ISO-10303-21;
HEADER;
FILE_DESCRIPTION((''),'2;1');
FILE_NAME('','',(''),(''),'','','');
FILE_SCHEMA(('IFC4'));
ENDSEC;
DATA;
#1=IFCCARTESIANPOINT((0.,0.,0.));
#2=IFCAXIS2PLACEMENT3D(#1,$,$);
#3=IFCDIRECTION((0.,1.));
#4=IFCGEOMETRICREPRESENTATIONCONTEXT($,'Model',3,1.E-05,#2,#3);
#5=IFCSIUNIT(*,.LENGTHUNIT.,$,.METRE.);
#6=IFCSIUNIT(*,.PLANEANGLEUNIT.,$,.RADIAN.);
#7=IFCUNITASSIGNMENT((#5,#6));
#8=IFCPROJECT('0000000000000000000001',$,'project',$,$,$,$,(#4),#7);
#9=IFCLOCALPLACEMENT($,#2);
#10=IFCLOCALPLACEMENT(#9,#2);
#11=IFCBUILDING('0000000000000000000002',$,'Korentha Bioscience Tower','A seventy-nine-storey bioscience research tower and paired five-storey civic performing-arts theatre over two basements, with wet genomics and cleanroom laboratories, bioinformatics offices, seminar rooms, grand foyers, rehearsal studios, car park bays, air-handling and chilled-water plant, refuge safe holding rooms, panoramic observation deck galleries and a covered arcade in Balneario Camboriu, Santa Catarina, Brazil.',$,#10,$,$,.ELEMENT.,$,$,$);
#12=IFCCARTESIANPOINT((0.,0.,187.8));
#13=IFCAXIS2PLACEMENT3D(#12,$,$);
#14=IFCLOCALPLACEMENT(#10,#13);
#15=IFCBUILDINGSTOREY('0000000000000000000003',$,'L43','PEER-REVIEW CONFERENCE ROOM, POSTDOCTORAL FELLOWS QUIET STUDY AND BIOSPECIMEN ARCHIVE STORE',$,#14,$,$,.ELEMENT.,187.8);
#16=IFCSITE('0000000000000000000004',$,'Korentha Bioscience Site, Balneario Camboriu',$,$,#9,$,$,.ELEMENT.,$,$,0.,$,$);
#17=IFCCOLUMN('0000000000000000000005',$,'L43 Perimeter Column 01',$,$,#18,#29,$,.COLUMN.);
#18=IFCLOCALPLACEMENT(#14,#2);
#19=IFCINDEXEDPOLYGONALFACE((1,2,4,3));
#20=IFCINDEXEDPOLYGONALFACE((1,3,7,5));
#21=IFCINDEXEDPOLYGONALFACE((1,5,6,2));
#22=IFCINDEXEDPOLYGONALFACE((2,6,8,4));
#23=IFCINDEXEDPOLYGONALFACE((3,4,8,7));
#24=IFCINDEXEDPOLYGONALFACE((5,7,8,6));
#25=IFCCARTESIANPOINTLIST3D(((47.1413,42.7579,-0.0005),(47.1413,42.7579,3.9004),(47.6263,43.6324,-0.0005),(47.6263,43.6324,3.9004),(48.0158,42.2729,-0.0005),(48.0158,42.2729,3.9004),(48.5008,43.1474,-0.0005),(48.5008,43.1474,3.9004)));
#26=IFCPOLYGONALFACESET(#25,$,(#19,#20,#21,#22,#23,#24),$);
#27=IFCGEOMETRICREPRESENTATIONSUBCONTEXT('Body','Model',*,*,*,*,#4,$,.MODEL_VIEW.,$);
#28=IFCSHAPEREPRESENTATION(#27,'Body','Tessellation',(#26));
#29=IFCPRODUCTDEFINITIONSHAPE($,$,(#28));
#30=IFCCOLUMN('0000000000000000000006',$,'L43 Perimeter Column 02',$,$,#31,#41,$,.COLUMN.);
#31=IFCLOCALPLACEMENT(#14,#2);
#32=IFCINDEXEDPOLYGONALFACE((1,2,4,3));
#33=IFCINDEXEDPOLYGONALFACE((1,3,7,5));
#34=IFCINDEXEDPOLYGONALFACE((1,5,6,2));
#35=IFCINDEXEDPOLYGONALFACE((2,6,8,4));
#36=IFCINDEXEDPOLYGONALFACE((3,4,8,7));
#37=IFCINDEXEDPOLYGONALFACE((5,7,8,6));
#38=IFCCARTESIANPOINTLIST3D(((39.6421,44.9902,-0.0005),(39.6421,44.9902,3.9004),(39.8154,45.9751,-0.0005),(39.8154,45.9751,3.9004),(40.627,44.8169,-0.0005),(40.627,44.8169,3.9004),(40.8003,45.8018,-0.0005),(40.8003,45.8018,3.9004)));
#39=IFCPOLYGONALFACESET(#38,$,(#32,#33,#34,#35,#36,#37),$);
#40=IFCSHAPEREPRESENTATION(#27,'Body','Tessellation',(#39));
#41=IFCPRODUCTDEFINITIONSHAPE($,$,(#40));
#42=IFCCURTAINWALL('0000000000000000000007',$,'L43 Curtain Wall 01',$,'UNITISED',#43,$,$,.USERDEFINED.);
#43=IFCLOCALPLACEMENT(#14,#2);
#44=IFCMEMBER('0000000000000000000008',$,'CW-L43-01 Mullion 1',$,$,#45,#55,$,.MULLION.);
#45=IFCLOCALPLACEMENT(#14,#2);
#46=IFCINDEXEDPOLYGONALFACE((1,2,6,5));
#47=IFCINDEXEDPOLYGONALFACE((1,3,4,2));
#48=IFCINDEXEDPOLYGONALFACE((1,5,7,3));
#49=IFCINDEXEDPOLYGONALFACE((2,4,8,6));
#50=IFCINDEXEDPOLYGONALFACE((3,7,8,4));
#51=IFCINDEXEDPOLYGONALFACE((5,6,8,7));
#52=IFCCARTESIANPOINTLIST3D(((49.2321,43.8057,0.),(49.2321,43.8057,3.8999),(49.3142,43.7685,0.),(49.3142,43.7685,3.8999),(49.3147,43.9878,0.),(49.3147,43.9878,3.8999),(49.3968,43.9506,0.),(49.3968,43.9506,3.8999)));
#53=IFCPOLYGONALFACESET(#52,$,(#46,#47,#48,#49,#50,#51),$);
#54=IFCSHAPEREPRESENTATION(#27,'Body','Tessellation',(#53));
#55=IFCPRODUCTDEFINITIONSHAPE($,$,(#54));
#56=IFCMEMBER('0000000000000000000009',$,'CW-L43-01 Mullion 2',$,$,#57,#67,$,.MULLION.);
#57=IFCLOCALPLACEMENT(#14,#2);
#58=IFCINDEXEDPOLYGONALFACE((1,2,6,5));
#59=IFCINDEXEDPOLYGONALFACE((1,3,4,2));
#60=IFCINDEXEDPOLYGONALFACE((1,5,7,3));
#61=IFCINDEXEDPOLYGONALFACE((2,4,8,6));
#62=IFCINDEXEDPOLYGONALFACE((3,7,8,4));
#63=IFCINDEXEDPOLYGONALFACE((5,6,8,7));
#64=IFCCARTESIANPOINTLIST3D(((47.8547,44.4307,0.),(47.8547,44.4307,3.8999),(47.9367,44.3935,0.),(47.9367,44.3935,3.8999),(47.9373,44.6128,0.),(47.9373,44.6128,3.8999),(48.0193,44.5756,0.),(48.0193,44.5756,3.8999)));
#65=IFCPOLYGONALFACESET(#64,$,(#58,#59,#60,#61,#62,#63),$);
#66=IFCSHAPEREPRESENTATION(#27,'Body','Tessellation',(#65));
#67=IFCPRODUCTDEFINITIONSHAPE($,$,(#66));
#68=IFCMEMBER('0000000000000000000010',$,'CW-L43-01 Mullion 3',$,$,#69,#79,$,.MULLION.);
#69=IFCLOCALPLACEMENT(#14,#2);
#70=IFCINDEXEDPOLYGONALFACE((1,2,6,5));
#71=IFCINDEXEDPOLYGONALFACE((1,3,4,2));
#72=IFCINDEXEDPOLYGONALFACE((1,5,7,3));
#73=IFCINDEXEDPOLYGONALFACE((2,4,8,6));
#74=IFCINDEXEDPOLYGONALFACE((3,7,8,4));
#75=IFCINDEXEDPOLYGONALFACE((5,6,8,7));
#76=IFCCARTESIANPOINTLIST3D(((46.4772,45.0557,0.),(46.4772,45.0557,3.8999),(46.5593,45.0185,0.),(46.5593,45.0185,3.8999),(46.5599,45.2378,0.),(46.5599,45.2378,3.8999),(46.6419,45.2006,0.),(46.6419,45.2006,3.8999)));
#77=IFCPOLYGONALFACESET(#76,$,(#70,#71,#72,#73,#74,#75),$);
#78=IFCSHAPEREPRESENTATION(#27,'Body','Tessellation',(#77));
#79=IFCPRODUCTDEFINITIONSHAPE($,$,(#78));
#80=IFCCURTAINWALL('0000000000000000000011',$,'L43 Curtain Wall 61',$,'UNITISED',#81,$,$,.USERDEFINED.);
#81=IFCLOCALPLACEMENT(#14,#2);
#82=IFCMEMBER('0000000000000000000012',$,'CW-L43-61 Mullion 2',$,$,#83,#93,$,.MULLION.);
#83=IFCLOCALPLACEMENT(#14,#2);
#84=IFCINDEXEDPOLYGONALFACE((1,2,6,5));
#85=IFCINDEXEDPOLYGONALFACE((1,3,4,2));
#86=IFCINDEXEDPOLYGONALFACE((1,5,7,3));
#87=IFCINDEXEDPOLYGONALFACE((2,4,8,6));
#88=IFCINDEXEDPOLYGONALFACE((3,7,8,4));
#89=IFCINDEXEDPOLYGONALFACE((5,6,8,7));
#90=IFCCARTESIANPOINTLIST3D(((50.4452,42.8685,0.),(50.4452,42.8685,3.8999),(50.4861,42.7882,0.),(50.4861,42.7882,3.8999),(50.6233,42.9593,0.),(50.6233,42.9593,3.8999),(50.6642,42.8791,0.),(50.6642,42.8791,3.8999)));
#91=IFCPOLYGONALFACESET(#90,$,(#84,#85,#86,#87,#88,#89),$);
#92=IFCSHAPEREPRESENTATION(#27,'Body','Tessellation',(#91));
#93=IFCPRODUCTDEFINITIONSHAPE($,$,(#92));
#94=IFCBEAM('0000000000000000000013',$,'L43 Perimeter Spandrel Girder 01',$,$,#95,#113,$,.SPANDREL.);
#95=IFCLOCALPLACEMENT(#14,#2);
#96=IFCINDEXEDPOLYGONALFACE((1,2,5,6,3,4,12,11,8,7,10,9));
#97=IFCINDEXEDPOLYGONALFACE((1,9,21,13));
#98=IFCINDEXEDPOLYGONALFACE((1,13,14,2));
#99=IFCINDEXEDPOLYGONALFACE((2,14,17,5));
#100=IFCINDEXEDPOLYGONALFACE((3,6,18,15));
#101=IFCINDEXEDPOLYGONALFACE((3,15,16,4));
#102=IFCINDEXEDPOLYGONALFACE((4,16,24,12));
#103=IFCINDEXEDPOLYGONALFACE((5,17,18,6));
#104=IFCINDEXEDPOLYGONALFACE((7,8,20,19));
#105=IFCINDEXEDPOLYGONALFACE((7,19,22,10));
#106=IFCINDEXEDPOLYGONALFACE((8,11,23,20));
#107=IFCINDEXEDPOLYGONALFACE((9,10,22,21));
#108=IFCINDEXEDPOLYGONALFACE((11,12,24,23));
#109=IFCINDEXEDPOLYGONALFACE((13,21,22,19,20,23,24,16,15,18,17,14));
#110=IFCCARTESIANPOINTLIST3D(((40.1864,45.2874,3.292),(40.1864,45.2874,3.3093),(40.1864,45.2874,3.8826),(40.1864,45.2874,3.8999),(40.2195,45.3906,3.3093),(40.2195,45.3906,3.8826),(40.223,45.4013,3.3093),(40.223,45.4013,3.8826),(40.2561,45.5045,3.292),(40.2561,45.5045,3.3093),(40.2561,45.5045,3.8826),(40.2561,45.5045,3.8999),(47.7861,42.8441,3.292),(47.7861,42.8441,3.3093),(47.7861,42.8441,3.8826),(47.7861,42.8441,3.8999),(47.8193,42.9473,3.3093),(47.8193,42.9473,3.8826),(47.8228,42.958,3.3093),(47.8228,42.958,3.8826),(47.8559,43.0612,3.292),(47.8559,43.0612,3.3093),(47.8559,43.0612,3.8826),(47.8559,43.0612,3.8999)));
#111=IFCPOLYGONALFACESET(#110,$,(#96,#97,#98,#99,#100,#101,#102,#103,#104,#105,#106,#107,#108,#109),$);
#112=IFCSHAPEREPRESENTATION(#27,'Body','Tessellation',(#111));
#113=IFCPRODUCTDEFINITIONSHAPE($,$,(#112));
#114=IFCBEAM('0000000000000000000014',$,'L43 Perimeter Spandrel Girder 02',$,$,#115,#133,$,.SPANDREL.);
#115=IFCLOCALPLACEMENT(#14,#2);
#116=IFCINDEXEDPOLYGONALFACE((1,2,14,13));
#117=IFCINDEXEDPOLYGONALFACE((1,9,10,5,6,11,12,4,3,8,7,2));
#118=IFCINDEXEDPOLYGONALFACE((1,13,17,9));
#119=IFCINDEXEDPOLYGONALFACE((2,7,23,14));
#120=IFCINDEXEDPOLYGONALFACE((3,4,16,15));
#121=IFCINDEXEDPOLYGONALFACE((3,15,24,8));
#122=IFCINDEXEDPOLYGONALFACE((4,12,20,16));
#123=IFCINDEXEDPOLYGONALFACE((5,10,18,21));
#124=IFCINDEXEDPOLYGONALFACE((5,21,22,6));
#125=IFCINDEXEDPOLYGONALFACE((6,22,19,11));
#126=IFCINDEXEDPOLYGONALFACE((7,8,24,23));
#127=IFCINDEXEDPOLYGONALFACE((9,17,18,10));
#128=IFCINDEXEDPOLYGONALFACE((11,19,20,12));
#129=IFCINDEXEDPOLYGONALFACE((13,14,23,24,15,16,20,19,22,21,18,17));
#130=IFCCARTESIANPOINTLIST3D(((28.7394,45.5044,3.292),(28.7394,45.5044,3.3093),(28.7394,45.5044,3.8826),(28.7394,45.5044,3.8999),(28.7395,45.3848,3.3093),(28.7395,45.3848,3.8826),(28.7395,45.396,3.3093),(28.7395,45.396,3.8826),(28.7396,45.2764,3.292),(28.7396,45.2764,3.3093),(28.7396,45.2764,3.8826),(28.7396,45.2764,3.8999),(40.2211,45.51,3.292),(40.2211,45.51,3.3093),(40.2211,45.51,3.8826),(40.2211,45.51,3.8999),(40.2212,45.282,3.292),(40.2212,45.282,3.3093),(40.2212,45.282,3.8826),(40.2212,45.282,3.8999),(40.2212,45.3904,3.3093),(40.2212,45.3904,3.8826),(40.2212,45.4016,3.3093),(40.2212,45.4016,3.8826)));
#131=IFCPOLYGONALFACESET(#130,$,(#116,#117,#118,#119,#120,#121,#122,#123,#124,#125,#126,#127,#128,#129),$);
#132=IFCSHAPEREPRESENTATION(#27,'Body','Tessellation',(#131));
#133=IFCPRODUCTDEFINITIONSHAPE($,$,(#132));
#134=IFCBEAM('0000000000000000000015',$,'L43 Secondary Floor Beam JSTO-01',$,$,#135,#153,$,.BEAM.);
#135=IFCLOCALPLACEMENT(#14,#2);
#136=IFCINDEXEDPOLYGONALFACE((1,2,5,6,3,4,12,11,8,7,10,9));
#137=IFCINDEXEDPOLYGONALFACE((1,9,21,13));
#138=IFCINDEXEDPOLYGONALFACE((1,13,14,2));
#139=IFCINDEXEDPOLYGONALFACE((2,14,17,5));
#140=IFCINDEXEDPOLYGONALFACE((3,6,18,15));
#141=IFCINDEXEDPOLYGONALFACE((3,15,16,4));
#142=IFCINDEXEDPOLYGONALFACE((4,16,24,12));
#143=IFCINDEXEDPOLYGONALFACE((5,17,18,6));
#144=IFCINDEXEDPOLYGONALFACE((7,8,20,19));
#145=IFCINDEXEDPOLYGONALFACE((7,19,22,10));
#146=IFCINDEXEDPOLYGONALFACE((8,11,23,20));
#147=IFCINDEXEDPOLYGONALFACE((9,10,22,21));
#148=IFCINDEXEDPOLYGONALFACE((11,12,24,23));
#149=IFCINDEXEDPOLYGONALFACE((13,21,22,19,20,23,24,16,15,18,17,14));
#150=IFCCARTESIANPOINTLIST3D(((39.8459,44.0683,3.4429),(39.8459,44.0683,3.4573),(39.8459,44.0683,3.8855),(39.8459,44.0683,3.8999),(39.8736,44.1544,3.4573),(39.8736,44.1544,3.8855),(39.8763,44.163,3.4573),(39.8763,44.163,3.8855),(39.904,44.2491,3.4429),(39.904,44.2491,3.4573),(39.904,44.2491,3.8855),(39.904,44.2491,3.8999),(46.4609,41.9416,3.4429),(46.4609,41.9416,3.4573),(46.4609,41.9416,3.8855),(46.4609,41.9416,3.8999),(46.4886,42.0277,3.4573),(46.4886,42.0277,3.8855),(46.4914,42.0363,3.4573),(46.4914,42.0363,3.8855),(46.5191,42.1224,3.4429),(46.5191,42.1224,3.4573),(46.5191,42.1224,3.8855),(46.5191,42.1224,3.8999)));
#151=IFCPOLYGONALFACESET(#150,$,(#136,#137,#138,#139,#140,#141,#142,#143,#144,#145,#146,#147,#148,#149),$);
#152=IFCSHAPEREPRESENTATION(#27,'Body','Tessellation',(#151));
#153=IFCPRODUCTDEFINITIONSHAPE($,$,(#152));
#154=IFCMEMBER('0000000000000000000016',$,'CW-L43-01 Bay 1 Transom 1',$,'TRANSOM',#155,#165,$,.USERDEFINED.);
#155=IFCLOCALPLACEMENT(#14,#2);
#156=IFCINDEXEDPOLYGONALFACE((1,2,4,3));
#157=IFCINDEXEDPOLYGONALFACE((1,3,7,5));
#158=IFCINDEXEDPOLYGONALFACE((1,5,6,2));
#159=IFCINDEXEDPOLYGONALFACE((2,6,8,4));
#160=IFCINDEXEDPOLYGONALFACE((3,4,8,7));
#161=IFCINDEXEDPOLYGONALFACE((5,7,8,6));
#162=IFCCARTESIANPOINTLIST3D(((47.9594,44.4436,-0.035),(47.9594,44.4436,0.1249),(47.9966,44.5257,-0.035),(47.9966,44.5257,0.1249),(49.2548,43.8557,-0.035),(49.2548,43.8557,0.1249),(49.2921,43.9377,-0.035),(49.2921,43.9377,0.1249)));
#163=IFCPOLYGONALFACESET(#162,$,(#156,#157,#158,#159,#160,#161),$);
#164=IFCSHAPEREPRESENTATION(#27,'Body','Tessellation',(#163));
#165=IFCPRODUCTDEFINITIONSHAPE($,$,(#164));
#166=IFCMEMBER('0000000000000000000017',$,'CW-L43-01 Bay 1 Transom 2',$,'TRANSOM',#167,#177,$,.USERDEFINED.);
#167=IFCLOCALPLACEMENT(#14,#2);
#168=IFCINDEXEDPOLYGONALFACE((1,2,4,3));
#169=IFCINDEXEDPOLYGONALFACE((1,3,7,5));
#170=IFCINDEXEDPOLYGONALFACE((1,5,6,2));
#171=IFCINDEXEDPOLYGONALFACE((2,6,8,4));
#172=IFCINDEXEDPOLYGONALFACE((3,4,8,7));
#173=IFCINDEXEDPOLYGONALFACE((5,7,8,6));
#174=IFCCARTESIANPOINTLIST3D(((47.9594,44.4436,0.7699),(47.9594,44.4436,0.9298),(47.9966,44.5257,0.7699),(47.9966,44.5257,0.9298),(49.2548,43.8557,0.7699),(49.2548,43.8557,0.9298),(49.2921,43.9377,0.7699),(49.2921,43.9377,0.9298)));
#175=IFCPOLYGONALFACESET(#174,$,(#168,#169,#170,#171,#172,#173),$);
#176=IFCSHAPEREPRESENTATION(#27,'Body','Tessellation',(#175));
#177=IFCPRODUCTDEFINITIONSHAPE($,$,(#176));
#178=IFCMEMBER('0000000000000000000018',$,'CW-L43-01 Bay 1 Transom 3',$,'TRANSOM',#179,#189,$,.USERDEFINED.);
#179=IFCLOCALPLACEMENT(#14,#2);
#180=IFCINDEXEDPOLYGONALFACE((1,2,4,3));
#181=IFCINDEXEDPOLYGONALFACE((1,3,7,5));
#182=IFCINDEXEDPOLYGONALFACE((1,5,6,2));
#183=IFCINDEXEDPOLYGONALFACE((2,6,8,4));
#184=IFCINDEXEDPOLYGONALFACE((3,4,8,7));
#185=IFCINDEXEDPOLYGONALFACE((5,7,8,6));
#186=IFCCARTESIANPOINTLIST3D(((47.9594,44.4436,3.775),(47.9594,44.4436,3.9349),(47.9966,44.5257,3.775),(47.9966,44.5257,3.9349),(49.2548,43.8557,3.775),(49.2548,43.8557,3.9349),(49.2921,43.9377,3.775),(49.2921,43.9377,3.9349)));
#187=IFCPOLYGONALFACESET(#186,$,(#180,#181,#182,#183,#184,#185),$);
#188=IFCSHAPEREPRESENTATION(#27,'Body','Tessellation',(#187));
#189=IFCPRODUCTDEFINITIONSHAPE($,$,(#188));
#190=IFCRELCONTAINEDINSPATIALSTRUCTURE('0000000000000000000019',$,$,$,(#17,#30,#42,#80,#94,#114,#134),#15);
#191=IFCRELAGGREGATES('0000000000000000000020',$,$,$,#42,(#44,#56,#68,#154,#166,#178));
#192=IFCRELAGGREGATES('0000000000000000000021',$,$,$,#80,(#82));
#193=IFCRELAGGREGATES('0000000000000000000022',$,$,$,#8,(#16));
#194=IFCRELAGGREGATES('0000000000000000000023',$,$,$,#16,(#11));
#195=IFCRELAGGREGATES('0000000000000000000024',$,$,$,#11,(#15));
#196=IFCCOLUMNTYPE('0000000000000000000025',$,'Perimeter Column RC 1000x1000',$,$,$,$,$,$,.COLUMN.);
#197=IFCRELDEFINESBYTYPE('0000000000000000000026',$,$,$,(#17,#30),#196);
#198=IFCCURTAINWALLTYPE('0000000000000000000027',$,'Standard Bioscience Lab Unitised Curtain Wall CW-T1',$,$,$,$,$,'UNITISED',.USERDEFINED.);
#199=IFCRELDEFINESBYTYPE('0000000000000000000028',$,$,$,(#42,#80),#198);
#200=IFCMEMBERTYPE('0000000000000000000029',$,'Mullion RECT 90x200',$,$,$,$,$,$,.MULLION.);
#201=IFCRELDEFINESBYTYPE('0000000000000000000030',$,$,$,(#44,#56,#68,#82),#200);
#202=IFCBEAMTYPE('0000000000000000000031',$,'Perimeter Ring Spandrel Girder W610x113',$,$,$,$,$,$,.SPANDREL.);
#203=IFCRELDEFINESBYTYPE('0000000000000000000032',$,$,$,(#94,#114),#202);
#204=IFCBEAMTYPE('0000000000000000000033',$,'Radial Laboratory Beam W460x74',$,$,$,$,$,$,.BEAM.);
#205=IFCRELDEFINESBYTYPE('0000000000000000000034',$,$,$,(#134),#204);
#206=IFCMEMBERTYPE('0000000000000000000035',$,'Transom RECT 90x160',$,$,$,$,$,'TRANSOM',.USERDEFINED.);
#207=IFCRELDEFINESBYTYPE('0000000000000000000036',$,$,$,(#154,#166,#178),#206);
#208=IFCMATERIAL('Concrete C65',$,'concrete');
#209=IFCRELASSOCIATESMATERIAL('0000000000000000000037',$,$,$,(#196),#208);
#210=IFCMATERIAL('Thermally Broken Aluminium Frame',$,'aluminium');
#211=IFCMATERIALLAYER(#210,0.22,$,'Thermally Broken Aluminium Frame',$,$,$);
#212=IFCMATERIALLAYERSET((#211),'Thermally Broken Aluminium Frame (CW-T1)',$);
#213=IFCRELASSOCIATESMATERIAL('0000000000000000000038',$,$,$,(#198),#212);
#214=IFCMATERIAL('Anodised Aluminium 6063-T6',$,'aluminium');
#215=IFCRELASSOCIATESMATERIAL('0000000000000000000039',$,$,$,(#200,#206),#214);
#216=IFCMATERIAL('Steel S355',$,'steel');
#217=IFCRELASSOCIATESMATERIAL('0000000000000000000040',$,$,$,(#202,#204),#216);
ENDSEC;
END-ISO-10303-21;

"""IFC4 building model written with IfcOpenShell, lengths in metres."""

from ifc_helpers import new_model, si_unit, direction, frame, origin, origin_2d, place, context, subcontext, project, spatial, rectangle, i_section, extrude, material, layer, layer_set, material_profile, profile_set, type_object, element, aggregate, save


model = new_model("IFC4")

# Units and contexts
model_context = context("Model", 3, precision=1e-05, world=origin(), true_north=direction((0.0, 1.0)))
body_context = subcontext(model_context, "Body", "Model", "MODEL_VIEW")
ifc_project = project(units=[si_unit("LENGTHUNIT", "METRE"), si_unit("PLANEANGLEUNIT", "RADIAN")], contexts=[model_context])

# Site, building, storey
site_placement = place(None, origin())
site = spatial("IfcSite", under=ifc_project, at=site_placement, Name="Korentha Bioscience Site, Balneario Camboriu", CompositionType="ELEMENT", RefElevation=0.0)
building_placement = place(site_placement, origin())
building = spatial("IfcBuilding", under=site, at=building_placement, Name="Korentha Bioscience Tower", Description="A seventy-nine-storey bioscience research tower and paired five-storey civic performing-arts theatre over two basements, with wet genomics and cleanroom laboratories, bioinformatics offices, seminar rooms, grand foyers, rehearsal studios, car park bays, air-handling and chilled-water plant, refuge safe holding rooms, panoramic observation deck galleries and a covered arcade in Balneario Camboriu, Santa Catarina, Brazil.", CompositionType="ELEMENT")
storey_placement = place(building_placement, frame((0.0, 0.0, 187.8)))
storey = spatial("IfcBuildingStorey", under=building, at=storey_placement, Name="L43", Description="PEER-REVIEW CONFERENCE ROOM, POSTDOCTORAL FELLOWS QUIET STUDY AND BIOSPECIMEN ARCHIVE STORE", CompositionType="ELEMENT", Elevation=187.8)

# Columns
ifc_material_1 = material(Name="Concrete C65", Category="concrete")
ifc_material_profile_1 = material_profile(ifc_material_1, rectangle(XDim=1.0, YDim=1.0, at=origin_2d()), Name="Concrete C65")
ifc_profile_set_1 = profile_set([ifc_material_profile_1], Name="Concrete C65 (COL-P10)")
column_type = type_object("IfcColumnType", Name="Perimeter Column RC 1000x1000", PredefinedType="COLUMN", material=ifc_profile_set_1)
for number, where, z_axis, x_axis, name in (
    (1, (47.821, 42.9526, -0.0005), (0.0, 0.0, 1.0), (-0.874535, 0.484962, 0.0), "L43 Perimeter Column 01"),
    (2, (40.2212, 45.396, -0.0005), (0.0, 0.0, 1.0), (-0.984868, 0.173304, 0.0), "L43 Perimeter Column 02"),
):
    element("IfcColumn", number, at=place(storey_placement, frame(where, z_axis=z_axis, x_axis=x_axis)), inside=storey, type_object=column_type, Name=name, PredefinedType="COLUMN", context=body_context, shape_type="SweptSolid", body=[
        extrude(rectangle(XDim=1.0, YDim=1.0, at=origin_2d()), origin(), (0.0, 0.0, 1.0), 3.9009),
    ])

# Curtain wall, members
ifc_material_2 = material(Name="Thermally Broken Aluminium Frame", Category="aluminium")
ifc_layer_1 = layer(ifc_material_2, 0.22, Name="Thermally Broken Aluminium Frame")
ifc_layer_set_1 = layer_set([ifc_layer_1], Name="Thermally Broken Aluminium Frame (CW-T1)")
curtain_wall_type = type_object("IfcCurtainWallType", Name="Standard Bioscience Lab Unitised Curtain Wall CW-T1", ElementType="UNITISED", PredefinedType="USERDEFINED", material=ifc_layer_set_1)
curtain_wall_1_placement = place(storey_placement, origin())
curtain_wall_1 = element("IfcCurtainWall", 3, at=curtain_wall_1_placement, inside=storey, type_object=curtain_wall_type, Name="L43 Curtain Wall 01", ObjectType="UNITISED", PredefinedType="USERDEFINED")
ifc_material_3 = material(Name="Anodised Aluminium 6063-T6", Category="aluminium")
ifc_material_profile_2 = material_profile(ifc_material_3, rectangle(XDim=0.0901, YDim=0.2, at=origin_2d()), Name="Anodised Aluminium 6063-T6")
ifc_profile_set_2 = profile_set([ifc_material_profile_2], Name="Anodised Aluminium 6063-T6 (CW-MUL)")
member_type_1 = type_object("IfcMemberType", Name="Mullion RECT 90x200", PredefinedType="MULLION", material=ifc_profile_set_2)
member_1_placement = place(storey_placement, frame((49.3145, 43.8782, 0.0), z_axis=(0.0, 0.0, 1.0), x_axis=(-0.910644, 0.413191, 0.0)))
member_1 = element("IfcMember", 4, at=member_1_placement, type_object=member_type_1, Name="CW-L43-01 Mullion 1", PredefinedType="MULLION", context=body_context, shape_type="SweptSolid", body=[
    extrude(rectangle(XDim=0.0901, YDim=0.2, at=origin_2d()), origin(), (0.0, 0.0, 1.0), 3.8999),
])
member_2_placement = place(storey_placement, frame((47.937, 44.5032, 0.0), z_axis=(0.0, 0.0, 1.0), x_axis=(-0.910644, 0.413191, 0.0)))
member_2 = element("IfcMember", 5, at=member_2_placement, type_object=member_type_1, Name="CW-L43-01 Mullion 2", PredefinedType="MULLION", context=body_context, shape_type="SweptSolid", body=[
    extrude(rectangle(XDim=0.0901, YDim=0.2, at=origin_2d()), origin(), (0.0, 0.0, 1.0), 3.8999),
])
member_3_placement = place(storey_placement, frame((46.5596, 45.1282, 0.0), z_axis=(0.0, 0.0, 1.0), x_axis=(-0.910644, 0.413191, 0.0)))
member_3 = element("IfcMember", 6, at=member_3_placement, type_object=member_type_1, Name="CW-L43-01 Mullion 3", PredefinedType="MULLION", context=body_context, shape_type="SweptSolid", body=[
    extrude(rectangle(XDim=0.0901, YDim=0.2, at=origin_2d()), origin(), (0.0, 0.0, 1.0), 3.8999),
])

# Curtain wall, member
curtain_wall_2_placement = place(storey_placement, origin())
curtain_wall_2 = element("IfcCurtainWall", 7, at=curtain_wall_2_placement, inside=storey, type_object=curtain_wall_type, Name="L43 Curtain Wall 61", ObjectType="UNITISED", PredefinedType="USERDEFINED")
member_4_placement = place(storey_placement, frame((50.5547, 42.8738, 0.0), z_axis=(0.0, 0.0, 1.0), x_axis=(-0.454288, 0.890855, 0.0)))
member_4 = element("IfcMember", 8, at=member_4_placement, type_object=member_type_1, Name="CW-L43-61 Mullion 2", PredefinedType="MULLION", context=body_context, shape_type="SweptSolid", body=[
    extrude(rectangle(XDim=0.0901, YDim=0.2, at=origin_2d()), origin(), (0.0, 0.0, 1.0), 3.8999),
])

# Beams
ifc_material_4 = material(Name="Steel S355", Category="steel")
ifc_material_profile_3 = material_profile(ifc_material_4, i_section(OverallWidth=0.228, OverallDepth=0.6079, WebThickness=0.0112, FlangeThickness=0.0173, at=origin_2d()), Name="Steel S355")
ifc_profile_set_3 = profile_set([ifc_material_profile_3], Name="Steel S355 (SB-610)")
beam_type_1 = type_object("IfcBeamType", Name="Perimeter Ring Spandrel Girder W610x113", PredefinedType="SPANDREL", material=ifc_profile_set_3)
beam_1_placement = place(storey_placement, frame((47.821, 42.9526, 3.5959), z_axis=(-0.952009, 0.306072, 0.0), x_axis=(-0.306072, -0.952009, 0.0)))
element("IfcBeam", 9, at=beam_1_placement, inside=storey, type_object=beam_type_1, Name="L43 Perimeter Spandrel Girder 01", PredefinedType="SPANDREL", context=body_context, shape_type="SweptSolid", body=[
    extrude(i_section(OverallWidth=0.228, OverallDepth=0.6079, WebThickness=0.0112, FlangeThickness=0.0173, at=origin_2d()), origin(), (0.0, 0.0, 1.0), 7.9829),
])
beam_2_placement = place(storey_placement, frame((40.2212, 45.396, 3.5959), z_axis=(-1.0, -0.000489, 0.0), x_axis=(0.000489, -1.0, 0.0)))
element("IfcBeam", 10, at=beam_2_placement, inside=storey, type_object=beam_type_1, Name="L43 Perimeter Spandrel Girder 02", PredefinedType="SPANDREL", context=body_context, shape_type="SweptSolid", body=[
    extrude(i_section(OverallWidth=0.228, OverallDepth=0.6079, WebThickness=0.0112, FlangeThickness=0.0173, at=origin_2d()), origin(), (0.0, 0.0, 1.0), 11.4817),
])
ifc_material_profile_4 = material_profile(ifc_material_4, i_section(OverallWidth=0.1899, OverallDepth=0.457, WebThickness=0.009, FlangeThickness=0.0144, at=origin_2d()), Name="Steel S355")
ifc_profile_set_4 = profile_set([ifc_material_profile_4], Name="Steel S355 (RB-460)")
beam_type_2 = type_object("IfcBeamType", Name="Radial Laboratory Beam W460x74", PredefinedType="BEAM", material=ifc_profile_set_4)
beam_3_placement = place(storey_placement, frame((46.49, 42.032, 3.6714), z_axis=(-0.952009, 0.306069, 0.0), x_axis=(-0.306069, -0.952009, 0.0)))
element("IfcBeam", 11, at=beam_3_placement, inside=storey, type_object=beam_type_2, Name="L43 Secondary Floor Beam JSTO-01", PredefinedType="BEAM", context=body_context, shape_type="SweptSolid", body=[
    extrude(i_section(OverallWidth=0.1899, OverallDepth=0.457, WebThickness=0.009, FlangeThickness=0.0144, at=origin_2d()), origin(), (0.0, 0.0, 1.0), 6.9485),
])

# Members
ifc_material_profile_5 = material_profile(ifc_material_3, rectangle(XDim=0.0901, YDim=0.1599, at=origin_2d()), Name="Anodised Aluminium 6063-T6")
ifc_profile_set_5 = profile_set([ifc_material_profile_5], Name="Anodised Aluminium 6063-T6 (CW-TRN)")
member_type_2 = type_object("IfcMemberType", Name="Transom RECT 90x160", ElementType="TRANSOM", PredefinedType="USERDEFINED", material=ifc_profile_set_5)
member_5_placement = place(storey_placement, frame((49.2734, 43.8967, 0.0449), z_axis=(-0.910613, 0.41326, 0.0), x_axis=(-0.41326, -0.910613, 0.0)))
member_5 = element("IfcMember", 12, at=member_5_placement, type_object=member_type_2, Name="CW-L43-01 Bay 1 Transom 1", ObjectType="TRANSOM", PredefinedType="USERDEFINED", context=body_context, shape_type="SweptSolid", body=[
    extrude(rectangle(XDim=0.0901, YDim=0.1599, at=origin_2d()), origin(), (0.0, 0.0, 1.0), 1.4226),
])
member_6_placement = place(storey_placement, frame((49.2734, 43.8967, 0.8499), z_axis=(-0.910613, 0.41326, 0.0), x_axis=(-0.41326, -0.910613, 0.0)))
member_6 = element("IfcMember", 13, at=member_6_placement, type_object=member_type_2, Name="CW-L43-01 Bay 1 Transom 2", ObjectType="TRANSOM", PredefinedType="USERDEFINED", context=body_context, shape_type="SweptSolid", body=[
    extrude(rectangle(XDim=0.0901, YDim=0.1599, at=origin_2d()), origin(), (0.0, 0.0, 1.0), 1.4226),
])
member_7_placement = place(storey_placement, frame((49.2734, 43.8967, 3.855), z_axis=(-0.910613, 0.41326, 0.0), x_axis=(-0.41326, -0.910613, 0.0)))
member_7 = element("IfcMember", 14, at=member_7_placement, type_object=member_type_2, Name="CW-L43-01 Bay 1 Transom 3", ObjectType="TRANSOM", PredefinedType="USERDEFINED", context=body_context, shape_type="SweptSolid", body=[
    extrude(rectangle(XDim=0.0901, YDim=0.1599, at=origin_2d()), origin(), (0.0, 0.0, 1.0), 1.4226),
])

aggregate(curtain_wall_1, [member_1, member_2, member_3, member_5, member_6, member_7])
aggregate(curtain_wall_2, [member_4])

save(model, "model.ifc")
